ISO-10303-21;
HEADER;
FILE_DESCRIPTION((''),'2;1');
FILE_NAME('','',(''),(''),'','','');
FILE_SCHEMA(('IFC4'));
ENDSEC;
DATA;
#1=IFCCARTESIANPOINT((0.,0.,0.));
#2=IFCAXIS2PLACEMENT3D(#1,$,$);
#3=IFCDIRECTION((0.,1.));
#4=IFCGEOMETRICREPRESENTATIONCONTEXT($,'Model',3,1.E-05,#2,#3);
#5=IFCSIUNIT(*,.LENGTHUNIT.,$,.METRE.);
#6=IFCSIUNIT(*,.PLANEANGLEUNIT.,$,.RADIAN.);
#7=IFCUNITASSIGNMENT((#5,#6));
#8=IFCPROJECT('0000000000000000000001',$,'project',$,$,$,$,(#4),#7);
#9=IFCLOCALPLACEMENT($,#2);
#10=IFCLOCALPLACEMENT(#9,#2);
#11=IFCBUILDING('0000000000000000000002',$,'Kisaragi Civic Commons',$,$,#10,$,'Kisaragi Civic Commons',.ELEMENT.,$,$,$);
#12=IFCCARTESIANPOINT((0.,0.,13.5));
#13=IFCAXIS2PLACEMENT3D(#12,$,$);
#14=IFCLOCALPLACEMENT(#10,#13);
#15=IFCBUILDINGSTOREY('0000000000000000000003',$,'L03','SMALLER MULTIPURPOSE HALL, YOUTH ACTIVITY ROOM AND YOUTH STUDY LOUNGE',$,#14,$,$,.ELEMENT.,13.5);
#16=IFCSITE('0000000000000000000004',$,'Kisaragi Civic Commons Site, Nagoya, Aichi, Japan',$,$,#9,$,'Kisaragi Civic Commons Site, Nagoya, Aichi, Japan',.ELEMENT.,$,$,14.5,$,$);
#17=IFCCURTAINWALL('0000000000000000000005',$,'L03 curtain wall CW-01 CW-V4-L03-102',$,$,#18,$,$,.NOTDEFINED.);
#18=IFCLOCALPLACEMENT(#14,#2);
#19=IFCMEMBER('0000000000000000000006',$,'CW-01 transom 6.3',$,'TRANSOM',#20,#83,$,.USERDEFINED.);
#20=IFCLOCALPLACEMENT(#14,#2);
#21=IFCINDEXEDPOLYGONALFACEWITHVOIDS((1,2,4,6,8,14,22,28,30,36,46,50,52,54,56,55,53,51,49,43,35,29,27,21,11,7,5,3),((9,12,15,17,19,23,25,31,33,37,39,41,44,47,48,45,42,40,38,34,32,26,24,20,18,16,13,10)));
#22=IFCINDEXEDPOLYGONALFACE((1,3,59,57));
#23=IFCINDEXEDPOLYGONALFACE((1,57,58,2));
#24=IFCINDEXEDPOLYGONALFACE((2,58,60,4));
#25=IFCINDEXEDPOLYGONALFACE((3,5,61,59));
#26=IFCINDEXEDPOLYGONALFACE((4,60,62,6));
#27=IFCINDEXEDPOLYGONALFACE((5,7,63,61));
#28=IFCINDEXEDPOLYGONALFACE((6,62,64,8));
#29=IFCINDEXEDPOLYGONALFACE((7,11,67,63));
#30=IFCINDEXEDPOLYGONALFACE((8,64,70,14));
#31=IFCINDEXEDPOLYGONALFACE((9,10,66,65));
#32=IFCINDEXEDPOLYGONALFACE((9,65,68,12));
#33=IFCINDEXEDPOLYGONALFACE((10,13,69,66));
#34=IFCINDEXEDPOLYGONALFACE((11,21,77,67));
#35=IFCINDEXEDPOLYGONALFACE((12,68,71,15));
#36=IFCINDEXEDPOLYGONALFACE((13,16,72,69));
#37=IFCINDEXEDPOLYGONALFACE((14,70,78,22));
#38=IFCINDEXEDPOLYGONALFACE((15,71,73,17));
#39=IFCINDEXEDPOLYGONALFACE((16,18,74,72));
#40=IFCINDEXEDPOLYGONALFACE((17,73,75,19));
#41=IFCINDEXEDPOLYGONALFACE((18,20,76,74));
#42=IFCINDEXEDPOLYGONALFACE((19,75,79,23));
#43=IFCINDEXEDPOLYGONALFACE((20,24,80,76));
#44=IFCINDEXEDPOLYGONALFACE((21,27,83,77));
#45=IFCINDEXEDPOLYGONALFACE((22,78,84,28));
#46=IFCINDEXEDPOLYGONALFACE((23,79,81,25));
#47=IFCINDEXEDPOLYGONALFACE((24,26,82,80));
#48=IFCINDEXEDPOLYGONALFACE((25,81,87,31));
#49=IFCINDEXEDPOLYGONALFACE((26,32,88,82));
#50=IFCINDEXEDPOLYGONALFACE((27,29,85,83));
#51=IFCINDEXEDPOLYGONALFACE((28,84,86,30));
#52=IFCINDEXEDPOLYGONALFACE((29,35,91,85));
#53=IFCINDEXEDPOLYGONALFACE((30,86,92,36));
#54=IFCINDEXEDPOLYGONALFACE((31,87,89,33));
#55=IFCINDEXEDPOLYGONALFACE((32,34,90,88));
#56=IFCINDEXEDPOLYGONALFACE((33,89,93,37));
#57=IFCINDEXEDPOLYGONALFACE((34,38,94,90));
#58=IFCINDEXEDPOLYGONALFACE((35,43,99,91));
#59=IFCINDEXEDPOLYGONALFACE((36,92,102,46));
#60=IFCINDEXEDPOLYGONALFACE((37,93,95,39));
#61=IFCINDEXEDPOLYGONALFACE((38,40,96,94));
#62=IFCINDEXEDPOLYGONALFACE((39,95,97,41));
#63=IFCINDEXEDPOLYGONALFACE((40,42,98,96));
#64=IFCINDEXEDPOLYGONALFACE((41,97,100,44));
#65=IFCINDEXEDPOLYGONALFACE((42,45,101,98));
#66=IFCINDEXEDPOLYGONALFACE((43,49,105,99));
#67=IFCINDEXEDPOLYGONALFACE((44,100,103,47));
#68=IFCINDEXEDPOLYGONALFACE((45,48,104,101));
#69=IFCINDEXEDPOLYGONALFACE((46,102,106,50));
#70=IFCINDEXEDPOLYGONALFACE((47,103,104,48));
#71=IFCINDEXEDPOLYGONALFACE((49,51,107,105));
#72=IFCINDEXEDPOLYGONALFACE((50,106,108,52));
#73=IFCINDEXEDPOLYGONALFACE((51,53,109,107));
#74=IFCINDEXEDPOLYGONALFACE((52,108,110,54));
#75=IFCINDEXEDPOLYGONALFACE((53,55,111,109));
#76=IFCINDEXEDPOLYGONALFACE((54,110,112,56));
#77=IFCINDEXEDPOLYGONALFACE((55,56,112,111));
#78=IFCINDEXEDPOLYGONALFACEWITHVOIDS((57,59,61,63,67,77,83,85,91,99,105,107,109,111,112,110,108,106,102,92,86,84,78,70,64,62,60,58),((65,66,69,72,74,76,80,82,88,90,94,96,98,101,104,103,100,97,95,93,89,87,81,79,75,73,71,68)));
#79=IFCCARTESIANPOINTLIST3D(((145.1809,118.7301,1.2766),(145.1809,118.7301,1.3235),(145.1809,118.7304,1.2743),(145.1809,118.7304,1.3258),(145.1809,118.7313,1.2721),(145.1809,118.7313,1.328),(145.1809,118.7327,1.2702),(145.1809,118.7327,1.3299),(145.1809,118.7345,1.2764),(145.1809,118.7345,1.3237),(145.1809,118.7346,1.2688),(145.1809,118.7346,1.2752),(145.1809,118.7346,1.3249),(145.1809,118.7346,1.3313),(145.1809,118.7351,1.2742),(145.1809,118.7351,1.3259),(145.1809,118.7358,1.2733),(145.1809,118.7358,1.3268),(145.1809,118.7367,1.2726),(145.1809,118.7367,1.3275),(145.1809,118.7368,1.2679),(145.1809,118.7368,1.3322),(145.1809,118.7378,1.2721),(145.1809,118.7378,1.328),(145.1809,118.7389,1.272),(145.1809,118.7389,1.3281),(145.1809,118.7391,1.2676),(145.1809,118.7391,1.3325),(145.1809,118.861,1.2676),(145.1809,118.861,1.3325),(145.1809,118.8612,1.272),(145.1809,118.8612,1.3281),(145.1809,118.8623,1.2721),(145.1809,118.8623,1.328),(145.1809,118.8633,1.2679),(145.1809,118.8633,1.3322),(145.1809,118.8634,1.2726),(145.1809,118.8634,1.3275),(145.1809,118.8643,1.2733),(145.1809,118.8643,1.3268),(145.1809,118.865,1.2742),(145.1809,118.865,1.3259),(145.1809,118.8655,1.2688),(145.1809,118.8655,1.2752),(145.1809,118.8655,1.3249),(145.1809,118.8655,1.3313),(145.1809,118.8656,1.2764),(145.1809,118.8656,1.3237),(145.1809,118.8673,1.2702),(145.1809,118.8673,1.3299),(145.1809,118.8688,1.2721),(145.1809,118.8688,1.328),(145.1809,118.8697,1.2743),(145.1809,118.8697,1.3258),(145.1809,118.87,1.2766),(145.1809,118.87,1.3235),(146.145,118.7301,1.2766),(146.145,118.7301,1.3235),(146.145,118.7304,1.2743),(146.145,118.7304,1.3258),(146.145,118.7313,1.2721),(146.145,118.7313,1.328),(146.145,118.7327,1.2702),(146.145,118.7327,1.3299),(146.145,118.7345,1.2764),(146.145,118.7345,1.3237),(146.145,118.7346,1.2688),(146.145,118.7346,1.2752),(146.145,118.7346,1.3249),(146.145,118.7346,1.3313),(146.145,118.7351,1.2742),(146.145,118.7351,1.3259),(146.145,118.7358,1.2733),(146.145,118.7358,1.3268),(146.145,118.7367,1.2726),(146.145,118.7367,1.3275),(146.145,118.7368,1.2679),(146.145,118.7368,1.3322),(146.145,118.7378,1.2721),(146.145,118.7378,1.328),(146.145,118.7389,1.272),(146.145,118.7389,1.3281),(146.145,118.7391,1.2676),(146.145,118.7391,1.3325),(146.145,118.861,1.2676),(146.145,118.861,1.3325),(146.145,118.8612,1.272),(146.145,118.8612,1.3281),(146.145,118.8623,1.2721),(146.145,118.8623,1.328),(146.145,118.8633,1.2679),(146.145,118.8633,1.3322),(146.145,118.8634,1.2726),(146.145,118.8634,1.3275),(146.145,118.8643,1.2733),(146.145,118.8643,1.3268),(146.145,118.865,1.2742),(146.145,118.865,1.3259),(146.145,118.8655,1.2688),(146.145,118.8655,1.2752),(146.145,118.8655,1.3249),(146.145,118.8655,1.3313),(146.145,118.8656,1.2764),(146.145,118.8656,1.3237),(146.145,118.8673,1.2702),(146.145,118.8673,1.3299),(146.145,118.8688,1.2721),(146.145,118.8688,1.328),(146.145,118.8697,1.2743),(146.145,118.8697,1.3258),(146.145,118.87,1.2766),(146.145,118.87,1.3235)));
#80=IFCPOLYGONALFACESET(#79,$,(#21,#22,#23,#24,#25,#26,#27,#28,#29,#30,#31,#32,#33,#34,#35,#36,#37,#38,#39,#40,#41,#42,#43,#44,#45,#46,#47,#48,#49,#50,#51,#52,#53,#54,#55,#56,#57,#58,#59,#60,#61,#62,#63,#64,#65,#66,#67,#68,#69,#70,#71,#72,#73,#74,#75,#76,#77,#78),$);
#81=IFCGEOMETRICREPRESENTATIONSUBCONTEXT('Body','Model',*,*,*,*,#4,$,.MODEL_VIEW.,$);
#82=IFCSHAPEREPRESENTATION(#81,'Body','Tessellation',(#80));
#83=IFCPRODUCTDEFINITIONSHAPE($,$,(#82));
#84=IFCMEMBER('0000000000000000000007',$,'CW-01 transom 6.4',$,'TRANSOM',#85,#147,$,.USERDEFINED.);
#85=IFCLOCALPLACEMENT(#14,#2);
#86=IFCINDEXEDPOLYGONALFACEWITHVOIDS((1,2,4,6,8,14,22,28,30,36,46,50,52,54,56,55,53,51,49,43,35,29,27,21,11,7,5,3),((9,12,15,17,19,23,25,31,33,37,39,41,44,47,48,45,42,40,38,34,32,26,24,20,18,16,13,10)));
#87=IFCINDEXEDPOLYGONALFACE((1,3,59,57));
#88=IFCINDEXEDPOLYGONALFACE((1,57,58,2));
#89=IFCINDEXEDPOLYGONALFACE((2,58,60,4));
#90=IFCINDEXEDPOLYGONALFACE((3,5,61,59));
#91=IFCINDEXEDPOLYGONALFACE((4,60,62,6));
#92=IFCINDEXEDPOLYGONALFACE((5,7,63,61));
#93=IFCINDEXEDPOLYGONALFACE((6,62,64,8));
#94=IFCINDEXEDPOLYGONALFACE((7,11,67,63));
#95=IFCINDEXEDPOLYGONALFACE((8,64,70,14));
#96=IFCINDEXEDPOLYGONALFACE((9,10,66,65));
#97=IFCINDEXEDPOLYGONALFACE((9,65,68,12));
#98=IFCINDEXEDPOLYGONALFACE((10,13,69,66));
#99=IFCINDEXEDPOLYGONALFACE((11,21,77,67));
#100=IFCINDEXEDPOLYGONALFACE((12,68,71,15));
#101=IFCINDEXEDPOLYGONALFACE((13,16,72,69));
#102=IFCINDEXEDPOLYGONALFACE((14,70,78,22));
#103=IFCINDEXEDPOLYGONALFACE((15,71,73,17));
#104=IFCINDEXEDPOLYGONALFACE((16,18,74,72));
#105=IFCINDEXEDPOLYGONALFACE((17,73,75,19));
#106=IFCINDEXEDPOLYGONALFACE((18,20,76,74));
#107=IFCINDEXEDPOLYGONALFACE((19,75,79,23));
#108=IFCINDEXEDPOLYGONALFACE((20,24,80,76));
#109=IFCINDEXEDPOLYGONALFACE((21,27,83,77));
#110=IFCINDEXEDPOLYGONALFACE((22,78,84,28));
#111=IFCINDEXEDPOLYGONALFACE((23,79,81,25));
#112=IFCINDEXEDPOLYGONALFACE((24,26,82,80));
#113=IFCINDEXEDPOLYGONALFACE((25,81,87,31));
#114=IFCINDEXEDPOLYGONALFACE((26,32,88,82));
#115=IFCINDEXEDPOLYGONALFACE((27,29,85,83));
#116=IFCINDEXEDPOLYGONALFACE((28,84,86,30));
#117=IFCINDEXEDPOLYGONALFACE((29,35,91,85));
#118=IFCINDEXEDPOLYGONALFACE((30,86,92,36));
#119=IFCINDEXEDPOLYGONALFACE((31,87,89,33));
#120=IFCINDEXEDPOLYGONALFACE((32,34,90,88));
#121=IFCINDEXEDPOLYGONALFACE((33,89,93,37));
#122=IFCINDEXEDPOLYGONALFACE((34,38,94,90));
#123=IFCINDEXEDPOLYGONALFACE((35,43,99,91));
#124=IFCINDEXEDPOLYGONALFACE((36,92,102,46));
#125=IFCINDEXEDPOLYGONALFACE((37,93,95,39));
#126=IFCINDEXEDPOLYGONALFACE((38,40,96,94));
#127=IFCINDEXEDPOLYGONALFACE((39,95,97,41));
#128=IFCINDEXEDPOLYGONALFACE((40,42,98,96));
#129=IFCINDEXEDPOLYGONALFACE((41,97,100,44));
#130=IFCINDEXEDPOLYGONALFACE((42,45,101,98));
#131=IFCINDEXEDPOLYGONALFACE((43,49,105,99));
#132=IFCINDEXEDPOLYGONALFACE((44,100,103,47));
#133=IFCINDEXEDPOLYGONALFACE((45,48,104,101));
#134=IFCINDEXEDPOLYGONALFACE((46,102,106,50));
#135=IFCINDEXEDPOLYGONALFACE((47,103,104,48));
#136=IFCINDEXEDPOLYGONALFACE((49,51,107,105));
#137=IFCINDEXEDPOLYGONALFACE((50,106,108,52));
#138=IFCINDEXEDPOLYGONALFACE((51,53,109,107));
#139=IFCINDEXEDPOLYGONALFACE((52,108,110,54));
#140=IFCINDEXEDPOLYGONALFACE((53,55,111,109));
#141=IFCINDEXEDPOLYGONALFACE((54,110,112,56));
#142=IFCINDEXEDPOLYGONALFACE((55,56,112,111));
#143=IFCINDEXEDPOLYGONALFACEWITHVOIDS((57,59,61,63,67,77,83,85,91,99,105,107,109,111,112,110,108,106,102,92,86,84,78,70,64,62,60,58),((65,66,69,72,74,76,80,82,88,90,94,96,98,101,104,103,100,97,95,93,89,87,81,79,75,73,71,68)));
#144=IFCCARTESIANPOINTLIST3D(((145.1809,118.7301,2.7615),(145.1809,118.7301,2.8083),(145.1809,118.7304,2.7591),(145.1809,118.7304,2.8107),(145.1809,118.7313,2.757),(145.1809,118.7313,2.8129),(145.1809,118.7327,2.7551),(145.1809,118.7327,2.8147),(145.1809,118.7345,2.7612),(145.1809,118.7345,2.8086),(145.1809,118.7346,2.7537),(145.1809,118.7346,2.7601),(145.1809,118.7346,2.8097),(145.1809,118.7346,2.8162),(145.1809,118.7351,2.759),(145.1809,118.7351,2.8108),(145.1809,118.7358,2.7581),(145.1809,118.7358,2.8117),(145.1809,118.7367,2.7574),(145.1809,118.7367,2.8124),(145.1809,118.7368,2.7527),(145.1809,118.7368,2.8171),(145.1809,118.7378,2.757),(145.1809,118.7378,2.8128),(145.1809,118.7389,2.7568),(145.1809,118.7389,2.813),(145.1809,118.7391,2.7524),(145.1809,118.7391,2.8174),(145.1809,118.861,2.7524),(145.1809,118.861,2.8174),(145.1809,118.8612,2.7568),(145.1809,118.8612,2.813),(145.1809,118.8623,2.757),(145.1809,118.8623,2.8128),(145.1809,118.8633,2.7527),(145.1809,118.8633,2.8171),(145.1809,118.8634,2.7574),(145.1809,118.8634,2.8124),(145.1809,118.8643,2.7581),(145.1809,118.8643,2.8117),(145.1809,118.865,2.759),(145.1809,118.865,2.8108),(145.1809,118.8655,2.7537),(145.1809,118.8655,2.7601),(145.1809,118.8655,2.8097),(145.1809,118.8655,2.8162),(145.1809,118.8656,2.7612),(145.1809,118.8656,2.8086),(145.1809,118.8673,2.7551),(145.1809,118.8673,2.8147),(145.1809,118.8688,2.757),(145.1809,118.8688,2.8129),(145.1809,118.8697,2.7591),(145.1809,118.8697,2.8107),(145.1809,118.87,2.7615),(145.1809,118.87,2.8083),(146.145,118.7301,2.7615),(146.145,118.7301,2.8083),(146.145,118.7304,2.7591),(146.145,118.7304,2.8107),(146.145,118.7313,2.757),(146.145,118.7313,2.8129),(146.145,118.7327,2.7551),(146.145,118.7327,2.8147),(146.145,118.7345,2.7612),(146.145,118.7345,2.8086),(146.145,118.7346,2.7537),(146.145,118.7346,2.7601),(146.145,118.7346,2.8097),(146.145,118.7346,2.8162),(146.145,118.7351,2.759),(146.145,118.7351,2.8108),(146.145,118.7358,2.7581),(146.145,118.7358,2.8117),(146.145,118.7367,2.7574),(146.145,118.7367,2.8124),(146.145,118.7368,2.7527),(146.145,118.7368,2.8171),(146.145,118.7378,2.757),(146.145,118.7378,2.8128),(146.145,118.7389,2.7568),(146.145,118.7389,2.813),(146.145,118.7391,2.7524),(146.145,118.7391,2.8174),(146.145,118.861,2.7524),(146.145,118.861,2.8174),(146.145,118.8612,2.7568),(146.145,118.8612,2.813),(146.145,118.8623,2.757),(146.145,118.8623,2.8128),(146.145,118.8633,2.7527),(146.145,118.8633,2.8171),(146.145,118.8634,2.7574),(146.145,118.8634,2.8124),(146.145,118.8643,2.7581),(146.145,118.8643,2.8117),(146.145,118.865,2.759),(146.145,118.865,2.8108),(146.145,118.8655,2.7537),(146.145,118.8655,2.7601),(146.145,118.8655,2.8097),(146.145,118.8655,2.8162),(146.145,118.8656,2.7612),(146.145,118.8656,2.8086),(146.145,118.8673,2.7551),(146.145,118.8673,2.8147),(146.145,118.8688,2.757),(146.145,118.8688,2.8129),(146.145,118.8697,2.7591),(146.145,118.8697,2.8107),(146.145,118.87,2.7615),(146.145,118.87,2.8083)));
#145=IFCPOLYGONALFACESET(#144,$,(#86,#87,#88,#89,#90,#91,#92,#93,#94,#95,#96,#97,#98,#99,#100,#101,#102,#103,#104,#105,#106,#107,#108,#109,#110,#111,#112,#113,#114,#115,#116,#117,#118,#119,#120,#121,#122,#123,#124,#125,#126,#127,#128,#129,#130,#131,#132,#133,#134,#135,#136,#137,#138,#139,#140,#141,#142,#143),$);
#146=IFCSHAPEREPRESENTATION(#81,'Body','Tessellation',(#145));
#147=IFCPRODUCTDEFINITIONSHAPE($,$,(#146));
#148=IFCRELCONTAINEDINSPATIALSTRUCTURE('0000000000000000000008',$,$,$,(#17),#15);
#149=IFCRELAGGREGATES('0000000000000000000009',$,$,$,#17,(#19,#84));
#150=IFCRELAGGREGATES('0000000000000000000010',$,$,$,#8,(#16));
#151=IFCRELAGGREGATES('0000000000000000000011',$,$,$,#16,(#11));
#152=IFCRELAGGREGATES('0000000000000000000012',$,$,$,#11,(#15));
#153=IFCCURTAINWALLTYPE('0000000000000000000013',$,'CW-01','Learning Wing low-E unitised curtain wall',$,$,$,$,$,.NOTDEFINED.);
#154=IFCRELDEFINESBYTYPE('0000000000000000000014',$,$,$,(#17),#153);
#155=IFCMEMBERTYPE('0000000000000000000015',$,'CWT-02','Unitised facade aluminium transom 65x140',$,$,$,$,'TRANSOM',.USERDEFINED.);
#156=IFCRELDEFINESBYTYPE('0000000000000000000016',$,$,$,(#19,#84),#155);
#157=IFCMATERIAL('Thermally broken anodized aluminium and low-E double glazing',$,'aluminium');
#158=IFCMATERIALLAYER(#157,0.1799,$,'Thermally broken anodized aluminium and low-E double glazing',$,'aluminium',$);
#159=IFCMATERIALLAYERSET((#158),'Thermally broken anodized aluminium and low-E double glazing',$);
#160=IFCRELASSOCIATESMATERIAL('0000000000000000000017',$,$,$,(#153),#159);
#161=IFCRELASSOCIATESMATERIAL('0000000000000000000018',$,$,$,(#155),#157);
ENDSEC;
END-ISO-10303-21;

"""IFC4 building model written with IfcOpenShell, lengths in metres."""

from ifc_helpers import new_model, si_unit, direction, frame, origin, origin_2d, place, context, subcontext, project, spatial, hollow_rectangle, extrude, material, layer, layer_set, material_profile, profile_set, type_object, element, aggregate, save


model = new_model("IFC4")

# Units and contexts
model_context = context("Model", 3, precision=1e-05, world=origin(), true_north=direction((0.0, 1.0)))
body_context = subcontext(model_context, "Body", "Model", "MODEL_VIEW")
ifc_project = project(units=[si_unit("LENGTHUNIT", "METRE"), si_unit("PLANEANGLEUNIT", "RADIAN")], contexts=[model_context])

# Site, building, storey
site_placement = place(None, origin())
site = spatial("IfcSite", under=ifc_project, at=site_placement, Name="Kisaragi Civic Commons Site, Nagoya, Aichi, Japan", LongName="Kisaragi Civic Commons Site, Nagoya, Aichi, Japan", CompositionType="ELEMENT", RefElevation=14.5)
building_placement = place(site_placement, origin())
building = spatial("IfcBuilding", under=site, at=building_placement, Name="Kisaragi Civic Commons", LongName="Kisaragi Civic Commons", CompositionType="ELEMENT")
storey_placement = place(building_placement, frame((0.0, 0.0, 13.5)))
storey = spatial("IfcBuildingStorey", under=building, at=storey_placement, Name="L03", Description="SMALLER MULTIPURPOSE HALL, YOUTH ACTIVITY ROOM AND YOUTH STUDY LOUNGE", CompositionType="ELEMENT", Elevation=13.5)

# Curtain wall
ifc_material_1 = material(Name="Thermally broken anodized aluminium and low-E double glazing", Category="aluminium")
ifc_layer_1 = layer(ifc_material_1, 0.1799, Name="Thermally broken anodized aluminium and low-E double glazing", Category="aluminium")
ifc_layer_set_1 = layer_set([ifc_layer_1], Name="Thermally broken anodized aluminium and low-E double glazing")
curtain_wall_type = type_object("IfcCurtainWallType", Name="CW-01", Description="Learning Wing low-E unitised curtain wall", PredefinedType="NOTDEFINED", material=ifc_layer_set_1)
curtain_wall_1_placement = place(storey_placement, origin())
curtain_wall_1 = element("IfcCurtainWall", 1, at=curtain_wall_1_placement, inside=storey, type_object=curtain_wall_type, Name="L03 curtain wall CW-01 CW-V4-L03-102", PredefinedType="NOTDEFINED")

# Members
ifc_material_profile_1 = material_profile(ifc_material_1, hollow_rectangle(XDim=0.1399, YDim=0.0649, WallThickness=0.0044, InnerFilletRadius=0.0044, OuterFilletRadius=0.009, at=origin_2d()), Name="CWT-65x140x4.5", Category="aluminium")
ifc_profile_set_1 = profile_set([ifc_material_profile_1], Name="Thermally broken anodized aluminium and low-E double glazing")
member_type_1 = type_object("IfcMemberType", Name="CWT-02", Description="Unitised facade aluminium transom 65x140", ElementType="TRANSOM", PredefinedType="USERDEFINED", material=ifc_profile_set_1)
member_1_placement = place(storey_placement, frame((145.1809, 118.8, 1.3), z_axis=(1.0, 0.0, 0.0), x_axis=(0.0, 1.0, 0.0)))
member_1 = element("IfcMember", 2, at=member_1_placement, type_object=member_type_1, Name="CW-01 transom 6.3", ObjectType="TRANSOM", PredefinedType="USERDEFINED", context=body_context, shape_type="SweptSolid", body=[
    extrude(hollow_rectangle(XDim=0.1399, YDim=0.0649, WallThickness=0.0044, InnerFilletRadius=0.0044, OuterFilletRadius=0.009, at=origin_2d()), origin(), (0.0, 0.0, 1.0), 0.9641),
])
member_2_placement = place(storey_placement, frame((145.1809, 118.8, 2.7849), z_axis=(1.0, 0.0, 0.0), x_axis=(0.0, 1.0, 0.0)))
member_2 = element("IfcMember", 3, at=member_2_placement, type_object=member_type_1, Name="CW-01 transom 6.4", ObjectType="TRANSOM", PredefinedType="USERDEFINED", context=body_context, shape_type="SweptSolid", body=[
    extrude(hollow_rectangle(XDim=0.1399, YDim=0.0649, WallThickness=0.0044, InnerFilletRadius=0.0044, OuterFilletRadius=0.009, at=origin_2d()), origin(), (0.0, 0.0, 1.0), 0.9641),
])

aggregate(curtain_wall_1, [member_1, member_2])

save(model, "model.ifc")
